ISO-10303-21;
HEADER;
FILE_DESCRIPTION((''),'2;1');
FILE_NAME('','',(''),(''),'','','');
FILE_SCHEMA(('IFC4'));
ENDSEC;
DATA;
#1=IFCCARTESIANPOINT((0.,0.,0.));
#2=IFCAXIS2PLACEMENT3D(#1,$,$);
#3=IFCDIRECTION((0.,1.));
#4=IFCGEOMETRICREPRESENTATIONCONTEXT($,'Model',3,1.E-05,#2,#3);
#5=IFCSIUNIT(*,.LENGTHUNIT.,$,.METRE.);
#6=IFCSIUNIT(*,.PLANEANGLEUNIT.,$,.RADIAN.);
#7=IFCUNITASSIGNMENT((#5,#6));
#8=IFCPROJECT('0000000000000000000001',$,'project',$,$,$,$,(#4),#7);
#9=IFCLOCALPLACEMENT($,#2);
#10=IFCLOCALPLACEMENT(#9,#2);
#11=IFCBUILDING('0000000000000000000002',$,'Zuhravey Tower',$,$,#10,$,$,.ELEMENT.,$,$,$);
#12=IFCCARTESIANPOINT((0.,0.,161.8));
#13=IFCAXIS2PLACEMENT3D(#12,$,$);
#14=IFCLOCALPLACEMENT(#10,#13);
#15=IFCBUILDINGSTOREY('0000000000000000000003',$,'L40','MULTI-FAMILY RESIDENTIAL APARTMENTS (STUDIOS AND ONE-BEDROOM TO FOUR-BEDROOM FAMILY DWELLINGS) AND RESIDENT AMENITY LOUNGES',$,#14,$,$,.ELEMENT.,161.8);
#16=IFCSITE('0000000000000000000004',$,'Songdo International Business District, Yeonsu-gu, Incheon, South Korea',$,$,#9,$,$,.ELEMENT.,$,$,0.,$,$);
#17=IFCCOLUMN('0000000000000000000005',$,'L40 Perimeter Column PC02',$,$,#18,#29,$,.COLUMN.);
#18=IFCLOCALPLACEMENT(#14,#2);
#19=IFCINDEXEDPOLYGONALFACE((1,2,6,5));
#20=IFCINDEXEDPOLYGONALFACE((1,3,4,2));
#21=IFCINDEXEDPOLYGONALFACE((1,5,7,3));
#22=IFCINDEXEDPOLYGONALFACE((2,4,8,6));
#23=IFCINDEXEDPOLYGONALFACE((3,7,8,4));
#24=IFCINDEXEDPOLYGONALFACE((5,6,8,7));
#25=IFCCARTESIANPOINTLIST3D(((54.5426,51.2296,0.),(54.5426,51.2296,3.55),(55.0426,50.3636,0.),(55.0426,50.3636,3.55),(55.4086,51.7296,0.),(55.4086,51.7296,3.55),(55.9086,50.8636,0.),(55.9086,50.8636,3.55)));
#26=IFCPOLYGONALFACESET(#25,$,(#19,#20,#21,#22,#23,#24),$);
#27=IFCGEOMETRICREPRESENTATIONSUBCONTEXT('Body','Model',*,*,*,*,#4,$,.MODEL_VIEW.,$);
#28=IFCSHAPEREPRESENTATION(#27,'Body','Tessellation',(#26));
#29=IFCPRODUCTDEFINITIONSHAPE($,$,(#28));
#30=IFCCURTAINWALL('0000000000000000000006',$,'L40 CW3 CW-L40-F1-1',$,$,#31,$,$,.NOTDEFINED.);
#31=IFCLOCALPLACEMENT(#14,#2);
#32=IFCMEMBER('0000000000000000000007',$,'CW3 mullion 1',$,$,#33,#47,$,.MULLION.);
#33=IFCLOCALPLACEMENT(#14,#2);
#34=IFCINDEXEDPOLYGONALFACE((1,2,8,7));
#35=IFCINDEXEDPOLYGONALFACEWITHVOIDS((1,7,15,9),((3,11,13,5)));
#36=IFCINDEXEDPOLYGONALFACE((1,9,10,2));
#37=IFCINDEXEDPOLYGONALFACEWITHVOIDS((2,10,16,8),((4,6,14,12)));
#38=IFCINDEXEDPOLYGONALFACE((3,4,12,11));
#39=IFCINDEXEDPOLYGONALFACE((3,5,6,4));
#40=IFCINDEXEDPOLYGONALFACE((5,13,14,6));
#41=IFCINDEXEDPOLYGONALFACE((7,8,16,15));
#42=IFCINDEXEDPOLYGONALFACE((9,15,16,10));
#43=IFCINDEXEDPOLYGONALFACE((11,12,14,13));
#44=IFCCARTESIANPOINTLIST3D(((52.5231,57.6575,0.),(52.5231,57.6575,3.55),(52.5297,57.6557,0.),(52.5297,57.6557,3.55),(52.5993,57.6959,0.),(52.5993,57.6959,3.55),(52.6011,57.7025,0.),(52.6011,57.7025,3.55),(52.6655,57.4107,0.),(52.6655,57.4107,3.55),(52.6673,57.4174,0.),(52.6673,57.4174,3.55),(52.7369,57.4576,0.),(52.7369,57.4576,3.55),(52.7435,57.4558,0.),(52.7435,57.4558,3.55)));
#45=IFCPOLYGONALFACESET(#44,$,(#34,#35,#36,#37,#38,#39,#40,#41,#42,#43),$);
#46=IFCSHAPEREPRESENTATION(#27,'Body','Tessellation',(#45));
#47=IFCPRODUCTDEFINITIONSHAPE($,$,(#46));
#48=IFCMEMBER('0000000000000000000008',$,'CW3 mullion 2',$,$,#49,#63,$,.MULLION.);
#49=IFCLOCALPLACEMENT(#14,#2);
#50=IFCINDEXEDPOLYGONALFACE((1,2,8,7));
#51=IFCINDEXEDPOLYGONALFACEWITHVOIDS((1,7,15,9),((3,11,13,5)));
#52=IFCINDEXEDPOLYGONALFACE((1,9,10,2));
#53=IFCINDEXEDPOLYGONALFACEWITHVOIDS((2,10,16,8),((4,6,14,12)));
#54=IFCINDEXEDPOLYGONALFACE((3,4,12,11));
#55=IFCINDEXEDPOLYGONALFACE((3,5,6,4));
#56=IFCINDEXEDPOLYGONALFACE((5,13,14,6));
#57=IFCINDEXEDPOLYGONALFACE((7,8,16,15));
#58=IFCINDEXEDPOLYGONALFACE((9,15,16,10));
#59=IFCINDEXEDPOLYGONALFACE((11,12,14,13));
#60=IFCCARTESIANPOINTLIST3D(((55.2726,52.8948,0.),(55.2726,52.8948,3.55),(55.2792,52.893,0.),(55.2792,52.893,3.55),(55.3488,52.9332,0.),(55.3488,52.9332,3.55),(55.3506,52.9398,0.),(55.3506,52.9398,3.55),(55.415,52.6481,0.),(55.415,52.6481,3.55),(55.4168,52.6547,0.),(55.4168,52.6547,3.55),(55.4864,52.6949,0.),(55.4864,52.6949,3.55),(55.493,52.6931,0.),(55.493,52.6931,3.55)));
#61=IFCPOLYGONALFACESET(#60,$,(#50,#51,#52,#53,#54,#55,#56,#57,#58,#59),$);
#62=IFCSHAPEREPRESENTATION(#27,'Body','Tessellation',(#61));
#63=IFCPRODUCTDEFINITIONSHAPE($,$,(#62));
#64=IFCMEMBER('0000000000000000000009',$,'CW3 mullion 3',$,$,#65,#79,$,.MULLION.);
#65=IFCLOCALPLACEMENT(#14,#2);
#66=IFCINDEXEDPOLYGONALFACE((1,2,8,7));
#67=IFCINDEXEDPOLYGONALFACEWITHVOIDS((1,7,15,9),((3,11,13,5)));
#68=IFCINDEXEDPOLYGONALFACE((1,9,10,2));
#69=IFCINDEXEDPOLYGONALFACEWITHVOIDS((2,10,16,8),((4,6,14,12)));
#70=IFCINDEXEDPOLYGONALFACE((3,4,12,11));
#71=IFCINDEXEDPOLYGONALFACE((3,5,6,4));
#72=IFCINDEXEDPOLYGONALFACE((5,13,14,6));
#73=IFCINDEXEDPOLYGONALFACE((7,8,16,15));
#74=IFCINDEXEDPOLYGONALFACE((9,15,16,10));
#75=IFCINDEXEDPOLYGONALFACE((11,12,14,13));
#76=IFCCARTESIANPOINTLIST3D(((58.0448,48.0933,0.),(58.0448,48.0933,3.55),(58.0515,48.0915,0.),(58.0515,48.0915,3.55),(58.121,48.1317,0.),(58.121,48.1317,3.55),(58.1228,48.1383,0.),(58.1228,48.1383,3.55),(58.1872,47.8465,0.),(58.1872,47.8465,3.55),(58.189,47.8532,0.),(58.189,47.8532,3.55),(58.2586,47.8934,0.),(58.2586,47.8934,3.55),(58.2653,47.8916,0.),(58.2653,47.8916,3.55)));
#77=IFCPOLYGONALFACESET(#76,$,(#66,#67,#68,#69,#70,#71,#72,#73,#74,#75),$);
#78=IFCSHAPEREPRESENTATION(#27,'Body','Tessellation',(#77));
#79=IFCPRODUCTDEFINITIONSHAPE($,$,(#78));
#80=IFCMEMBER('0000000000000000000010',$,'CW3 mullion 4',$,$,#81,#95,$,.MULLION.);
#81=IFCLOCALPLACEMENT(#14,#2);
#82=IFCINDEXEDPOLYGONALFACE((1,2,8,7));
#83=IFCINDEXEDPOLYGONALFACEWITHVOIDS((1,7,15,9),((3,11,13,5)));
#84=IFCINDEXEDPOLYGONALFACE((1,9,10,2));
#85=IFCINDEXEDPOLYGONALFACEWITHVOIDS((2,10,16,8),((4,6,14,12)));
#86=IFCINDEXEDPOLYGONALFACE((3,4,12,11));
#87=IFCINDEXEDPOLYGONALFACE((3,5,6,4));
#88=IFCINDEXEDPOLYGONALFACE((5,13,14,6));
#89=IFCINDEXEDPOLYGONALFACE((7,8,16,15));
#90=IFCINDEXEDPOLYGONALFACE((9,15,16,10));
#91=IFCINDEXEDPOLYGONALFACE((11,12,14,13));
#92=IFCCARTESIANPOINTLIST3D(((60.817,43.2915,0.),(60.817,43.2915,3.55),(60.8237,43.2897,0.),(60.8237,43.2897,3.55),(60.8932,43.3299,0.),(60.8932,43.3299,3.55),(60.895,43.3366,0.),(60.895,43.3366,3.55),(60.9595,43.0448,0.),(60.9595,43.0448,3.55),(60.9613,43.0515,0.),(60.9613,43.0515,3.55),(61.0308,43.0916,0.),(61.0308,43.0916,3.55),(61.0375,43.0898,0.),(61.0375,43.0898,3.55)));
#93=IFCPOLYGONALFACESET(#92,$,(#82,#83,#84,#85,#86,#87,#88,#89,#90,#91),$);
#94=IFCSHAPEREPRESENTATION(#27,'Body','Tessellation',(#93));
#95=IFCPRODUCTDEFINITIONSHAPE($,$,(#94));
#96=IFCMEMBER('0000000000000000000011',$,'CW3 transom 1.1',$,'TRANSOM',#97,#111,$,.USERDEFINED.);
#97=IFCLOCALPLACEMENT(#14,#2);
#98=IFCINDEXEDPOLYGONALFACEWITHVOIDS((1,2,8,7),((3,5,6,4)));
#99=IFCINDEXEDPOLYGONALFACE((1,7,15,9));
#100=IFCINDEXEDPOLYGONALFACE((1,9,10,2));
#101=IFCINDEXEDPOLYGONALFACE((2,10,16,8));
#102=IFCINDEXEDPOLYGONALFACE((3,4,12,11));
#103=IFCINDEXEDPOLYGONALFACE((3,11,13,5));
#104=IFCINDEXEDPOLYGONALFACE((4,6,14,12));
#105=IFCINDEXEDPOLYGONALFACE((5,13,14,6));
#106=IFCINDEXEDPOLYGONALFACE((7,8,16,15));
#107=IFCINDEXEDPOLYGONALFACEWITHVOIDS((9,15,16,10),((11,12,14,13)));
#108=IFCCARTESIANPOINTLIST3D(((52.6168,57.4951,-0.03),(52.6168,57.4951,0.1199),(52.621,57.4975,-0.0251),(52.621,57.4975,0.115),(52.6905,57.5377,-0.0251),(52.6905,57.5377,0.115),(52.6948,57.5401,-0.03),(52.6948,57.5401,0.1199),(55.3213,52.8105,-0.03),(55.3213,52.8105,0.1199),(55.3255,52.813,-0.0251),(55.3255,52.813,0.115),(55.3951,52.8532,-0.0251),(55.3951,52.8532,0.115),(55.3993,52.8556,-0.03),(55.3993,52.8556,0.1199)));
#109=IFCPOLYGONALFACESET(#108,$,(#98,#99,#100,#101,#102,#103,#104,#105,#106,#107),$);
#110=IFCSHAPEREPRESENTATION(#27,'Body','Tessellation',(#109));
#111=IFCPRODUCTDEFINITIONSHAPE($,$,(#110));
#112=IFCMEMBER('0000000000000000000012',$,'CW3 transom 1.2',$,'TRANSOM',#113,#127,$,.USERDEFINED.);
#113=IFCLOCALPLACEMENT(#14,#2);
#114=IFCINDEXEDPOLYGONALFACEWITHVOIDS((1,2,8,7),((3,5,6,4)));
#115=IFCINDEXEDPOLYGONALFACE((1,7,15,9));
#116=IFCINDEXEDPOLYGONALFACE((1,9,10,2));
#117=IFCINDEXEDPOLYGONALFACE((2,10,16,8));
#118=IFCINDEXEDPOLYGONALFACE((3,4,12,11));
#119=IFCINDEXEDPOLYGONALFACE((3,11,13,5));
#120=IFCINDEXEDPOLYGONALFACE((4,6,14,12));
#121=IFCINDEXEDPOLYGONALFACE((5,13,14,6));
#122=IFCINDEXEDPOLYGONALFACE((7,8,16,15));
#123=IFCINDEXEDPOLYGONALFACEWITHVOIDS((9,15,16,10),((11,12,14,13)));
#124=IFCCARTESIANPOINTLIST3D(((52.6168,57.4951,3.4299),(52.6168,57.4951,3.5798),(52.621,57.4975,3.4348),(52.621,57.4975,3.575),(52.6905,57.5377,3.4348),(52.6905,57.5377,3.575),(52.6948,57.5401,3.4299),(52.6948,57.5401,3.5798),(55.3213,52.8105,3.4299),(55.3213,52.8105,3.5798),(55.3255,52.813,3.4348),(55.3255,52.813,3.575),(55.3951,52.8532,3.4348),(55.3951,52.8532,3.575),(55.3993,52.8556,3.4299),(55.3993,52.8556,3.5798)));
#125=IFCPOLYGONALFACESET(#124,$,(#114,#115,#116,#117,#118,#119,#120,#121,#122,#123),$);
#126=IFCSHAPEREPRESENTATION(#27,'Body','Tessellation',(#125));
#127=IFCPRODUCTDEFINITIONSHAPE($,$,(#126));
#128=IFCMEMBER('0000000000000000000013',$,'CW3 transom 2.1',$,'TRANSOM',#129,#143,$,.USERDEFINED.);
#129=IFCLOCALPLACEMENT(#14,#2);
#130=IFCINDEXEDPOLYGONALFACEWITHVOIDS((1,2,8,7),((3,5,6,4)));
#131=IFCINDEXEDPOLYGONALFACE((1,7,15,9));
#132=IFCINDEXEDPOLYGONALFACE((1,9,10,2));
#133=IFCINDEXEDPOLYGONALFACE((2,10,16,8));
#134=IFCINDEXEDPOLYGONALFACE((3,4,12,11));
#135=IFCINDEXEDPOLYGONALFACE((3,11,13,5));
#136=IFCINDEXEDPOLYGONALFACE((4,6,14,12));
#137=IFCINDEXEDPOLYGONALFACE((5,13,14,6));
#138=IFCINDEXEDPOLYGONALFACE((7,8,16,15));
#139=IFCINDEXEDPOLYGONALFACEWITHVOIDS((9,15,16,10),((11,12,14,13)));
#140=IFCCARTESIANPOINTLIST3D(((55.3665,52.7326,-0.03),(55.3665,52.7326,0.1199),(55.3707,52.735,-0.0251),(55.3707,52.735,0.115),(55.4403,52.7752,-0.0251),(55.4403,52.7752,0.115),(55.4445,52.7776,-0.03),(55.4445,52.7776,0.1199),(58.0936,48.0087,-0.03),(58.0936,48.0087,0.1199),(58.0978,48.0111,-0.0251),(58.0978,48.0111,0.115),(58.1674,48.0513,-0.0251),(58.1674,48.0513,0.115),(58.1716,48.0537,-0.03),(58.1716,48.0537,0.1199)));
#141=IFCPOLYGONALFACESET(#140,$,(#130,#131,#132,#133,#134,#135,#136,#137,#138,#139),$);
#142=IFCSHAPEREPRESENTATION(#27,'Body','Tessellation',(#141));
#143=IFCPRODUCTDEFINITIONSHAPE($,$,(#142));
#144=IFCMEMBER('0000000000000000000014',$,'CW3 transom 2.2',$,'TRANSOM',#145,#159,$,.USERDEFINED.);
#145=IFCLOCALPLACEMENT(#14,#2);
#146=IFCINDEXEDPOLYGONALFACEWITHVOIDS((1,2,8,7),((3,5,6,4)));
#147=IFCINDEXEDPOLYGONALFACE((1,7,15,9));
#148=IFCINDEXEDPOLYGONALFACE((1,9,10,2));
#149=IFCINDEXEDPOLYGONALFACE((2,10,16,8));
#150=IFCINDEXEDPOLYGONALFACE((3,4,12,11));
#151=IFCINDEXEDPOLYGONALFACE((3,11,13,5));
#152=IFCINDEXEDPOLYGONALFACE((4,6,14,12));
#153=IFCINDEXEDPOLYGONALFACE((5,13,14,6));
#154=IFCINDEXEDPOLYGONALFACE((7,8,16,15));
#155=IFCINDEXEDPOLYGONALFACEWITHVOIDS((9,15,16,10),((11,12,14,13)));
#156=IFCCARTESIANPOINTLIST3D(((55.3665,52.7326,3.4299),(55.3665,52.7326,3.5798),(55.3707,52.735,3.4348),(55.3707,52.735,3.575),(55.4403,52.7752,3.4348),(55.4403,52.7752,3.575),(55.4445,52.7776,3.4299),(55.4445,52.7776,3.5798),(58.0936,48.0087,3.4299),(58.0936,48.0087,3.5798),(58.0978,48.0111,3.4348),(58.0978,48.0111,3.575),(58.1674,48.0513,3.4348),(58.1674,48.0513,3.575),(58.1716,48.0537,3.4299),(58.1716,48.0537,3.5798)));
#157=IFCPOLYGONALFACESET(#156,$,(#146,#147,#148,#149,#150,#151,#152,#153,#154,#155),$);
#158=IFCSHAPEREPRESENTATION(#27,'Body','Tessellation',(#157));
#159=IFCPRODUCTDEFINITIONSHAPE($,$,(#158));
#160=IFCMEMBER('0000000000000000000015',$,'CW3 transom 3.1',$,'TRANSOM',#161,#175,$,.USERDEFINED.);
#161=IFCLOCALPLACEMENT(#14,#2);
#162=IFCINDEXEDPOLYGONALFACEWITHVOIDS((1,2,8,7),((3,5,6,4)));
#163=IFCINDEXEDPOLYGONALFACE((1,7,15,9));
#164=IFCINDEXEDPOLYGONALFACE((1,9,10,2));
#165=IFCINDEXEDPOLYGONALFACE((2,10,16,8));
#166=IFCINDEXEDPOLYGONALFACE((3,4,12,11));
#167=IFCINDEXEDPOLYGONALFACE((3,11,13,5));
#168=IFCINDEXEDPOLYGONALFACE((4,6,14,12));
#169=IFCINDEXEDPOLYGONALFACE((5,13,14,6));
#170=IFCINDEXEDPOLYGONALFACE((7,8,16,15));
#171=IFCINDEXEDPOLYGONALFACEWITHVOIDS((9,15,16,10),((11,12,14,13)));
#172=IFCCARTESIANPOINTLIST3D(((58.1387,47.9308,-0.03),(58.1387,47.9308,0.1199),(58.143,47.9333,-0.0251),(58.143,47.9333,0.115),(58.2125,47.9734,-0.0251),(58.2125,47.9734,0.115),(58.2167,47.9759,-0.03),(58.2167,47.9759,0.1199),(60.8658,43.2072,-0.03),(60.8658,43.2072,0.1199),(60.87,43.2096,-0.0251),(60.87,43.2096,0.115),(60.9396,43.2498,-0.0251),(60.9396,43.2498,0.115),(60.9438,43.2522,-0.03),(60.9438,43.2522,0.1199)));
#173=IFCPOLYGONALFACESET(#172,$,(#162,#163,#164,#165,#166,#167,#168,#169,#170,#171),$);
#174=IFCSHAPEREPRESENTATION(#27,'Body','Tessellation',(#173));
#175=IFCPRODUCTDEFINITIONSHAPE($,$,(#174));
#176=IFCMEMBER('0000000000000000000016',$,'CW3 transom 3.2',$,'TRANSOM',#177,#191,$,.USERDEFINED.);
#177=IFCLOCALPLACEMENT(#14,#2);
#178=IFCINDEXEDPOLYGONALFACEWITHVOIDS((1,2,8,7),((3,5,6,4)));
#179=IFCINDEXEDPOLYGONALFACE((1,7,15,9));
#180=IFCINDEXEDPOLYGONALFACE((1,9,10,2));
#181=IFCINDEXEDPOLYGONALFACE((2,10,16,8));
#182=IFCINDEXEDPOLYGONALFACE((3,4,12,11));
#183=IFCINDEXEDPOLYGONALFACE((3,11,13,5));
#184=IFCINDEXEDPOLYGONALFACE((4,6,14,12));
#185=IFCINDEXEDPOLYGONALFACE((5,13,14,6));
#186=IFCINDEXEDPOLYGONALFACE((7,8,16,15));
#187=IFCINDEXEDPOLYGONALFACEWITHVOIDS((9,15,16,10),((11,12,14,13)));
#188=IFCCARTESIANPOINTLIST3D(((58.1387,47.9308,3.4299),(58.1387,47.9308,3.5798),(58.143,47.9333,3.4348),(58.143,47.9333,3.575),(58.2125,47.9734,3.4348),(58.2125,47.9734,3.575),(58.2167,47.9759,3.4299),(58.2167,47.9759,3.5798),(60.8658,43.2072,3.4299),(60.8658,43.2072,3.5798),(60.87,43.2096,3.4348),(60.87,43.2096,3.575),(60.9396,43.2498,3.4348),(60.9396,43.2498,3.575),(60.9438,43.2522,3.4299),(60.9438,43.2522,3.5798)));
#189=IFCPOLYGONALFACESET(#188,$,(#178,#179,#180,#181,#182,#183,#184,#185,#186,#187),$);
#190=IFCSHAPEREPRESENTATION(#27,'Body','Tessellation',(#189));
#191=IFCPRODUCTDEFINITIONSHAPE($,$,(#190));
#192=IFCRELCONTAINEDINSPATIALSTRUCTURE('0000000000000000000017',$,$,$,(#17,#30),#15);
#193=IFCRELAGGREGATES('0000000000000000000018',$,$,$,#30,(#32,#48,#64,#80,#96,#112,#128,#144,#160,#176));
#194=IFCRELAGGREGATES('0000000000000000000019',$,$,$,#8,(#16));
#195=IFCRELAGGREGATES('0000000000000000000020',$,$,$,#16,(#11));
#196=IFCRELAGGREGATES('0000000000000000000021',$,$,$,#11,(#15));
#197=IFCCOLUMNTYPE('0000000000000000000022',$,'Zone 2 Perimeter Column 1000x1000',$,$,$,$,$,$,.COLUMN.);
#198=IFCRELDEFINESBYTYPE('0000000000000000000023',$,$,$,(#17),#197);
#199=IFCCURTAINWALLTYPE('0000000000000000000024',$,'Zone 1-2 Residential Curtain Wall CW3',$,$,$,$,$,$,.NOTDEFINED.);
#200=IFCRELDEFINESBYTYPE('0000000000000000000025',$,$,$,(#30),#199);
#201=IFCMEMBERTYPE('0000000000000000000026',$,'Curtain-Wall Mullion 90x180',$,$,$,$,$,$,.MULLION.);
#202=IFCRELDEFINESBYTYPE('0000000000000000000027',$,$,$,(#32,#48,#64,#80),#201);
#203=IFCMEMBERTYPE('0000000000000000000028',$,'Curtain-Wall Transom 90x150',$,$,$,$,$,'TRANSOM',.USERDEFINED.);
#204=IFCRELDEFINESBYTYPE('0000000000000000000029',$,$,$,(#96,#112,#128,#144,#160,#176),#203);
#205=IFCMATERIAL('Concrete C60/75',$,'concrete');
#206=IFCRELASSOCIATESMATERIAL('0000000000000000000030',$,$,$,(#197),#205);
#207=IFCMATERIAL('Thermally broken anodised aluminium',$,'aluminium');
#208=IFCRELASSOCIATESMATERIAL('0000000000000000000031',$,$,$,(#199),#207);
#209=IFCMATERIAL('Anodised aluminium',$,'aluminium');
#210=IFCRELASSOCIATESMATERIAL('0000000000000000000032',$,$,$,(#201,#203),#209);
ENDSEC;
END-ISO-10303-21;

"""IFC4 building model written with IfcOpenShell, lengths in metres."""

from ifc_helpers import new_model, si_unit, direction, frame, origin, origin_2d, place, context, subcontext, project, spatial, rectangle, hollow_rectangle, extrude, material, material_profile, profile_set, type_object, element, aggregate, save


model = new_model("IFC4")

# Units and contexts
model_context = context("Model", 3, precision=1e-05, world=origin(), true_north=direction((0.0, 1.0)))
body_context = subcontext(model_context, "Body", "Model", "MODEL_VIEW")
ifc_project = project(units=[si_unit("LENGTHUNIT", "METRE"), si_unit("PLANEANGLEUNIT", "RADIAN")], contexts=[model_context])

# Site, building, storey
site_placement = place(None, origin())
site = spatial("IfcSite", under=ifc_project, at=site_placement, Name="Songdo International Business District, Yeonsu-gu, Incheon, South Korea", CompositionType="ELEMENT", RefElevation=0.0)
building_placement = place(site_placement, origin())
building = spatial("IfcBuilding", under=site, at=building_placement, Name="Zuhravey Tower", CompositionType="ELEMENT")
storey_placement = place(building_placement, frame((0.0, 0.0, 161.8)))
storey = spatial("IfcBuildingStorey", under=building, at=storey_placement, Name="L40", Description="MULTI-FAMILY RESIDENTIAL APARTMENTS (STUDIOS AND ONE-BEDROOM TO FOUR-BEDROOM FAMILY DWELLINGS) AND RESIDENT AMENITY LOUNGES", CompositionType="ELEMENT", Elevation=161.8)

# Column
ifc_material_1 = material(Name="Concrete C60/75", Category="concrete")
ifc_material_profile_1 = material_profile(ifc_material_1, rectangle(XDim=1.0, YDim=1.0, at=origin_2d()), Name="RC-1000x1000")
ifc_profile_set_1 = profile_set([ifc_material_profile_1], Name="Concrete C60/75")
column_type = type_object("IfcColumnType", Name="Zone 2 Perimeter Column 1000x1000", PredefinedType="COLUMN", material=ifc_profile_set_1)
column_placement = place(storey_placement, frame((55.2256, 51.0466, 0.0), z_axis=(0.0, 0.0, 1.0), x_axis=(-0.5, 0.866025, 0.0)))
element("IfcColumn", 1, at=column_placement, inside=storey, type_object=column_type, Name="L40 Perimeter Column PC02", PredefinedType="COLUMN", context=body_context, shape_type="SweptSolid", body=[
    extrude(rectangle(XDim=1.0, YDim=1.0, at=origin_2d()), origin(), (0.0, 0.0, 1.0), 3.55),
])

# Curtain wall, members
ifc_material_2 = material(Name="Thermally broken anodised aluminium", Category="aluminium")
curtain_wall_type = type_object("IfcCurtainWallType", Name="Zone 1-2 Residential Curtain Wall CW3", PredefinedType="NOTDEFINED", material=ifc_material_2)
curtain_wall_placement = place(storey_placement, origin())
curtain_wall = element("IfcCurtainWall", 2, at=curtain_wall_placement, inside=storey, type_object=curtain_wall_type, Name="L40 CW3 CW-L40-F1-1", PredefinedType="NOTDEFINED")
ifc_material_3 = material(Name="Anodised aluminium", Category="aluminium")
ifc_material_profile_2 = material_profile(ifc_material_3, hollow_rectangle(XDim=0.0901, YDim=0.2849, WallThickness=0.0049, at=origin_2d()), Name="ALU-RHS-90x285x5")
ifc_profile_set_2 = profile_set([ifc_material_profile_2], Name="Anodised aluminium")
member_type_1 = type_object("IfcMemberType", Name="Curtain-Wall Mullion 90x180", PredefinedType="MULLION", material=ifc_profile_set_2)
member_1_placement = place(storey_placement, frame((52.6333, 57.5566, 0.0), z_axis=(0.0, 0.0, 1.0), x_axis=(0.866025, 0.5, 0.0)))
member_1 = element("IfcMember", 3, at=member_1_placement, type_object=member_type_1, Name="CW3 mullion 1", PredefinedType="MULLION", context=body_context, shape_type="SweptSolid", body=[
    extrude(hollow_rectangle(XDim=0.0901, YDim=0.2849, WallThickness=0.0049, at=origin_2d()), origin(), (0.0, 0.0, 1.0), 3.55),
])
member_2_placement = place(storey_placement, frame((55.3828, 52.7939, 0.0), z_axis=(0.0, 0.0, 1.0), x_axis=(0.866025, 0.5, 0.0)))
member_2 = element("IfcMember", 4, at=member_2_placement, type_object=member_type_1, Name="CW3 mullion 2", PredefinedType="MULLION", context=body_context, shape_type="SweptSolid", body=[
    extrude(hollow_rectangle(XDim=0.0901, YDim=0.2849, WallThickness=0.0049, at=origin_2d()), origin(), (0.0, 0.0, 1.0), 3.55),
])
member_3_placement = place(storey_placement, frame((58.155, 47.9924, 0.0), z_axis=(0.0, 0.0, 1.0), x_axis=(0.866025, 0.5, 0.0)))
member_3 = element("IfcMember", 5, at=member_3_placement, type_object=member_type_1, Name="CW3 mullion 3", PredefinedType="MULLION", context=body_context, shape_type="SweptSolid", body=[
    extrude(hollow_rectangle(XDim=0.0901, YDim=0.2849, WallThickness=0.0049, at=origin_2d()), origin(), (0.0, 0.0, 1.0), 3.55),
])
member_4_placement = place(storey_placement, frame((60.9272, 43.1907, 0.0), z_axis=(0.0, 0.0, 1.0), x_axis=(0.866025, 0.5, 0.0)))
member_4 = element("IfcMember", 6, at=member_4_placement, type_object=member_type_1, Name="CW3 mullion 4", PredefinedType="MULLION", context=body_context, shape_type="SweptSolid", body=[
    extrude(hollow_rectangle(XDim=0.0901, YDim=0.2849, WallThickness=0.0049, at=origin_2d()), origin(), (0.0, 0.0, 1.0), 3.55),
])
ifc_material_profile_3 = material_profile(ifc_material_3, hollow_rectangle(XDim=0.0901, YDim=0.1499, WallThickness=0.0049, at=origin_2d()), Name="ALU-RHS-90x150x5")
ifc_profile_set_3 = profile_set([ifc_material_profile_3], Name="Anodised aluminium")
member_type_2 = type_object("IfcMemberType", Name="Curtain-Wall Transom 90x150", ElementType="TRANSOM", PredefinedType="USERDEFINED", material=ifc_profile_set_3)
member_5_placement = place(storey_placement, frame((52.6558, 57.5176, 0.0449), z_axis=(0.499993, -0.866029, 0.0), x_axis=(0.866029, 0.499993, 0.0)))
member_5 = element("IfcMember", 7, at=member_5_placement, type_object=member_type_2, Name="CW3 transom 1.1", ObjectType="TRANSOM", PredefinedType="USERDEFINED", context=body_context, shape_type="SweptSolid", body=[
    extrude(hollow_rectangle(XDim=0.0901, YDim=0.1499, WallThickness=0.0049, at=origin_2d()), origin(), (0.0, 0.0, 1.0), 5.4092),
])
member_6_placement = place(storey_placement, frame((52.6558, 57.5176, 3.5049), z_axis=(0.499993, -0.866029, 0.0), x_axis=(0.866029, 0.499993, 0.0)))
member_6 = element("IfcMember", 8, at=member_6_placement, type_object=member_type_2, Name="CW3 transom 1.2", ObjectType="TRANSOM", PredefinedType="USERDEFINED", context=body_context, shape_type="SweptSolid", body=[
    extrude(hollow_rectangle(XDim=0.0901, YDim=0.1499, WallThickness=0.0049, at=origin_2d()), origin(), (0.0, 0.0, 1.0), 5.4092),
])
member_7_placement = place(storey_placement, frame((55.4055, 52.7551, 0.0449), z_axis=(0.499961, -0.866048, 0.0), x_axis=(0.866048, 0.499961, 0.0)))
member_7 = element("IfcMember", 9, at=member_7_placement, type_object=member_type_2, Name="CW3 transom 2.1", ObjectType="TRANSOM", PredefinedType="USERDEFINED", context=body_context, shape_type="SweptSolid", body=[
    extrude(hollow_rectangle(XDim=0.0901, YDim=0.1499, WallThickness=0.0049, at=origin_2d()), origin(), (0.0, 0.0, 1.0), 5.4546),
])
member_8_placement = place(storey_placement, frame((55.4055, 52.7551, 3.5049), z_axis=(0.499961, -0.866048, 0.0), x_axis=(0.866048, 0.499961, 0.0)))
member_8 = element("IfcMember", 10, at=member_8_placement, type_object=member_type_2, Name="CW3 transom 2.2", ObjectType="TRANSOM", PredefinedType="USERDEFINED", context=body_context, shape_type="SweptSolid", body=[
    extrude(hollow_rectangle(XDim=0.0901, YDim=0.1499, WallThickness=0.0049, at=origin_2d()), origin(), (0.0, 0.0, 1.0), 5.4546),
])
member_9_placement = place(storey_placement, frame((58.1777, 47.9534, 0.0449), z_axis=(0.499981, -0.866037, 0.0), x_axis=(0.866037, 0.499981, 0.0)))
member_9 = element("IfcMember", 11, at=member_9_placement, type_object=member_type_2, Name="CW3 transom 3.1", ObjectType="TRANSOM", PredefinedType="USERDEFINED", context=body_context, shape_type="SweptSolid", body=[
    extrude(hollow_rectangle(XDim=0.0901, YDim=0.1499, WallThickness=0.0049, at=origin_2d()), origin(), (0.0, 0.0, 1.0), 5.4543),
])
member_10_placement = place(storey_placement, frame((58.1777, 47.9534, 3.5049), z_axis=(0.499981, -0.866037, 0.0), x_axis=(0.866037, 0.499981, 0.0)))
member_10 = element("IfcMember", 12, at=member_10_placement, type_object=member_type_2, Name="CW3 transom 3.2", ObjectType="TRANSOM", PredefinedType="USERDEFINED", context=body_context, shape_type="SweptSolid", body=[
    extrude(hollow_rectangle(XDim=0.0901, YDim=0.1499, WallThickness=0.0049, at=origin_2d()), origin(), (0.0, 0.0, 1.0), 5.4543),
])

aggregate(curtain_wall, [member_1, member_2, member_3, member_4, member_5, member_6, member_7, member_8, member_9, member_10])

save(model, "model.ifc")
